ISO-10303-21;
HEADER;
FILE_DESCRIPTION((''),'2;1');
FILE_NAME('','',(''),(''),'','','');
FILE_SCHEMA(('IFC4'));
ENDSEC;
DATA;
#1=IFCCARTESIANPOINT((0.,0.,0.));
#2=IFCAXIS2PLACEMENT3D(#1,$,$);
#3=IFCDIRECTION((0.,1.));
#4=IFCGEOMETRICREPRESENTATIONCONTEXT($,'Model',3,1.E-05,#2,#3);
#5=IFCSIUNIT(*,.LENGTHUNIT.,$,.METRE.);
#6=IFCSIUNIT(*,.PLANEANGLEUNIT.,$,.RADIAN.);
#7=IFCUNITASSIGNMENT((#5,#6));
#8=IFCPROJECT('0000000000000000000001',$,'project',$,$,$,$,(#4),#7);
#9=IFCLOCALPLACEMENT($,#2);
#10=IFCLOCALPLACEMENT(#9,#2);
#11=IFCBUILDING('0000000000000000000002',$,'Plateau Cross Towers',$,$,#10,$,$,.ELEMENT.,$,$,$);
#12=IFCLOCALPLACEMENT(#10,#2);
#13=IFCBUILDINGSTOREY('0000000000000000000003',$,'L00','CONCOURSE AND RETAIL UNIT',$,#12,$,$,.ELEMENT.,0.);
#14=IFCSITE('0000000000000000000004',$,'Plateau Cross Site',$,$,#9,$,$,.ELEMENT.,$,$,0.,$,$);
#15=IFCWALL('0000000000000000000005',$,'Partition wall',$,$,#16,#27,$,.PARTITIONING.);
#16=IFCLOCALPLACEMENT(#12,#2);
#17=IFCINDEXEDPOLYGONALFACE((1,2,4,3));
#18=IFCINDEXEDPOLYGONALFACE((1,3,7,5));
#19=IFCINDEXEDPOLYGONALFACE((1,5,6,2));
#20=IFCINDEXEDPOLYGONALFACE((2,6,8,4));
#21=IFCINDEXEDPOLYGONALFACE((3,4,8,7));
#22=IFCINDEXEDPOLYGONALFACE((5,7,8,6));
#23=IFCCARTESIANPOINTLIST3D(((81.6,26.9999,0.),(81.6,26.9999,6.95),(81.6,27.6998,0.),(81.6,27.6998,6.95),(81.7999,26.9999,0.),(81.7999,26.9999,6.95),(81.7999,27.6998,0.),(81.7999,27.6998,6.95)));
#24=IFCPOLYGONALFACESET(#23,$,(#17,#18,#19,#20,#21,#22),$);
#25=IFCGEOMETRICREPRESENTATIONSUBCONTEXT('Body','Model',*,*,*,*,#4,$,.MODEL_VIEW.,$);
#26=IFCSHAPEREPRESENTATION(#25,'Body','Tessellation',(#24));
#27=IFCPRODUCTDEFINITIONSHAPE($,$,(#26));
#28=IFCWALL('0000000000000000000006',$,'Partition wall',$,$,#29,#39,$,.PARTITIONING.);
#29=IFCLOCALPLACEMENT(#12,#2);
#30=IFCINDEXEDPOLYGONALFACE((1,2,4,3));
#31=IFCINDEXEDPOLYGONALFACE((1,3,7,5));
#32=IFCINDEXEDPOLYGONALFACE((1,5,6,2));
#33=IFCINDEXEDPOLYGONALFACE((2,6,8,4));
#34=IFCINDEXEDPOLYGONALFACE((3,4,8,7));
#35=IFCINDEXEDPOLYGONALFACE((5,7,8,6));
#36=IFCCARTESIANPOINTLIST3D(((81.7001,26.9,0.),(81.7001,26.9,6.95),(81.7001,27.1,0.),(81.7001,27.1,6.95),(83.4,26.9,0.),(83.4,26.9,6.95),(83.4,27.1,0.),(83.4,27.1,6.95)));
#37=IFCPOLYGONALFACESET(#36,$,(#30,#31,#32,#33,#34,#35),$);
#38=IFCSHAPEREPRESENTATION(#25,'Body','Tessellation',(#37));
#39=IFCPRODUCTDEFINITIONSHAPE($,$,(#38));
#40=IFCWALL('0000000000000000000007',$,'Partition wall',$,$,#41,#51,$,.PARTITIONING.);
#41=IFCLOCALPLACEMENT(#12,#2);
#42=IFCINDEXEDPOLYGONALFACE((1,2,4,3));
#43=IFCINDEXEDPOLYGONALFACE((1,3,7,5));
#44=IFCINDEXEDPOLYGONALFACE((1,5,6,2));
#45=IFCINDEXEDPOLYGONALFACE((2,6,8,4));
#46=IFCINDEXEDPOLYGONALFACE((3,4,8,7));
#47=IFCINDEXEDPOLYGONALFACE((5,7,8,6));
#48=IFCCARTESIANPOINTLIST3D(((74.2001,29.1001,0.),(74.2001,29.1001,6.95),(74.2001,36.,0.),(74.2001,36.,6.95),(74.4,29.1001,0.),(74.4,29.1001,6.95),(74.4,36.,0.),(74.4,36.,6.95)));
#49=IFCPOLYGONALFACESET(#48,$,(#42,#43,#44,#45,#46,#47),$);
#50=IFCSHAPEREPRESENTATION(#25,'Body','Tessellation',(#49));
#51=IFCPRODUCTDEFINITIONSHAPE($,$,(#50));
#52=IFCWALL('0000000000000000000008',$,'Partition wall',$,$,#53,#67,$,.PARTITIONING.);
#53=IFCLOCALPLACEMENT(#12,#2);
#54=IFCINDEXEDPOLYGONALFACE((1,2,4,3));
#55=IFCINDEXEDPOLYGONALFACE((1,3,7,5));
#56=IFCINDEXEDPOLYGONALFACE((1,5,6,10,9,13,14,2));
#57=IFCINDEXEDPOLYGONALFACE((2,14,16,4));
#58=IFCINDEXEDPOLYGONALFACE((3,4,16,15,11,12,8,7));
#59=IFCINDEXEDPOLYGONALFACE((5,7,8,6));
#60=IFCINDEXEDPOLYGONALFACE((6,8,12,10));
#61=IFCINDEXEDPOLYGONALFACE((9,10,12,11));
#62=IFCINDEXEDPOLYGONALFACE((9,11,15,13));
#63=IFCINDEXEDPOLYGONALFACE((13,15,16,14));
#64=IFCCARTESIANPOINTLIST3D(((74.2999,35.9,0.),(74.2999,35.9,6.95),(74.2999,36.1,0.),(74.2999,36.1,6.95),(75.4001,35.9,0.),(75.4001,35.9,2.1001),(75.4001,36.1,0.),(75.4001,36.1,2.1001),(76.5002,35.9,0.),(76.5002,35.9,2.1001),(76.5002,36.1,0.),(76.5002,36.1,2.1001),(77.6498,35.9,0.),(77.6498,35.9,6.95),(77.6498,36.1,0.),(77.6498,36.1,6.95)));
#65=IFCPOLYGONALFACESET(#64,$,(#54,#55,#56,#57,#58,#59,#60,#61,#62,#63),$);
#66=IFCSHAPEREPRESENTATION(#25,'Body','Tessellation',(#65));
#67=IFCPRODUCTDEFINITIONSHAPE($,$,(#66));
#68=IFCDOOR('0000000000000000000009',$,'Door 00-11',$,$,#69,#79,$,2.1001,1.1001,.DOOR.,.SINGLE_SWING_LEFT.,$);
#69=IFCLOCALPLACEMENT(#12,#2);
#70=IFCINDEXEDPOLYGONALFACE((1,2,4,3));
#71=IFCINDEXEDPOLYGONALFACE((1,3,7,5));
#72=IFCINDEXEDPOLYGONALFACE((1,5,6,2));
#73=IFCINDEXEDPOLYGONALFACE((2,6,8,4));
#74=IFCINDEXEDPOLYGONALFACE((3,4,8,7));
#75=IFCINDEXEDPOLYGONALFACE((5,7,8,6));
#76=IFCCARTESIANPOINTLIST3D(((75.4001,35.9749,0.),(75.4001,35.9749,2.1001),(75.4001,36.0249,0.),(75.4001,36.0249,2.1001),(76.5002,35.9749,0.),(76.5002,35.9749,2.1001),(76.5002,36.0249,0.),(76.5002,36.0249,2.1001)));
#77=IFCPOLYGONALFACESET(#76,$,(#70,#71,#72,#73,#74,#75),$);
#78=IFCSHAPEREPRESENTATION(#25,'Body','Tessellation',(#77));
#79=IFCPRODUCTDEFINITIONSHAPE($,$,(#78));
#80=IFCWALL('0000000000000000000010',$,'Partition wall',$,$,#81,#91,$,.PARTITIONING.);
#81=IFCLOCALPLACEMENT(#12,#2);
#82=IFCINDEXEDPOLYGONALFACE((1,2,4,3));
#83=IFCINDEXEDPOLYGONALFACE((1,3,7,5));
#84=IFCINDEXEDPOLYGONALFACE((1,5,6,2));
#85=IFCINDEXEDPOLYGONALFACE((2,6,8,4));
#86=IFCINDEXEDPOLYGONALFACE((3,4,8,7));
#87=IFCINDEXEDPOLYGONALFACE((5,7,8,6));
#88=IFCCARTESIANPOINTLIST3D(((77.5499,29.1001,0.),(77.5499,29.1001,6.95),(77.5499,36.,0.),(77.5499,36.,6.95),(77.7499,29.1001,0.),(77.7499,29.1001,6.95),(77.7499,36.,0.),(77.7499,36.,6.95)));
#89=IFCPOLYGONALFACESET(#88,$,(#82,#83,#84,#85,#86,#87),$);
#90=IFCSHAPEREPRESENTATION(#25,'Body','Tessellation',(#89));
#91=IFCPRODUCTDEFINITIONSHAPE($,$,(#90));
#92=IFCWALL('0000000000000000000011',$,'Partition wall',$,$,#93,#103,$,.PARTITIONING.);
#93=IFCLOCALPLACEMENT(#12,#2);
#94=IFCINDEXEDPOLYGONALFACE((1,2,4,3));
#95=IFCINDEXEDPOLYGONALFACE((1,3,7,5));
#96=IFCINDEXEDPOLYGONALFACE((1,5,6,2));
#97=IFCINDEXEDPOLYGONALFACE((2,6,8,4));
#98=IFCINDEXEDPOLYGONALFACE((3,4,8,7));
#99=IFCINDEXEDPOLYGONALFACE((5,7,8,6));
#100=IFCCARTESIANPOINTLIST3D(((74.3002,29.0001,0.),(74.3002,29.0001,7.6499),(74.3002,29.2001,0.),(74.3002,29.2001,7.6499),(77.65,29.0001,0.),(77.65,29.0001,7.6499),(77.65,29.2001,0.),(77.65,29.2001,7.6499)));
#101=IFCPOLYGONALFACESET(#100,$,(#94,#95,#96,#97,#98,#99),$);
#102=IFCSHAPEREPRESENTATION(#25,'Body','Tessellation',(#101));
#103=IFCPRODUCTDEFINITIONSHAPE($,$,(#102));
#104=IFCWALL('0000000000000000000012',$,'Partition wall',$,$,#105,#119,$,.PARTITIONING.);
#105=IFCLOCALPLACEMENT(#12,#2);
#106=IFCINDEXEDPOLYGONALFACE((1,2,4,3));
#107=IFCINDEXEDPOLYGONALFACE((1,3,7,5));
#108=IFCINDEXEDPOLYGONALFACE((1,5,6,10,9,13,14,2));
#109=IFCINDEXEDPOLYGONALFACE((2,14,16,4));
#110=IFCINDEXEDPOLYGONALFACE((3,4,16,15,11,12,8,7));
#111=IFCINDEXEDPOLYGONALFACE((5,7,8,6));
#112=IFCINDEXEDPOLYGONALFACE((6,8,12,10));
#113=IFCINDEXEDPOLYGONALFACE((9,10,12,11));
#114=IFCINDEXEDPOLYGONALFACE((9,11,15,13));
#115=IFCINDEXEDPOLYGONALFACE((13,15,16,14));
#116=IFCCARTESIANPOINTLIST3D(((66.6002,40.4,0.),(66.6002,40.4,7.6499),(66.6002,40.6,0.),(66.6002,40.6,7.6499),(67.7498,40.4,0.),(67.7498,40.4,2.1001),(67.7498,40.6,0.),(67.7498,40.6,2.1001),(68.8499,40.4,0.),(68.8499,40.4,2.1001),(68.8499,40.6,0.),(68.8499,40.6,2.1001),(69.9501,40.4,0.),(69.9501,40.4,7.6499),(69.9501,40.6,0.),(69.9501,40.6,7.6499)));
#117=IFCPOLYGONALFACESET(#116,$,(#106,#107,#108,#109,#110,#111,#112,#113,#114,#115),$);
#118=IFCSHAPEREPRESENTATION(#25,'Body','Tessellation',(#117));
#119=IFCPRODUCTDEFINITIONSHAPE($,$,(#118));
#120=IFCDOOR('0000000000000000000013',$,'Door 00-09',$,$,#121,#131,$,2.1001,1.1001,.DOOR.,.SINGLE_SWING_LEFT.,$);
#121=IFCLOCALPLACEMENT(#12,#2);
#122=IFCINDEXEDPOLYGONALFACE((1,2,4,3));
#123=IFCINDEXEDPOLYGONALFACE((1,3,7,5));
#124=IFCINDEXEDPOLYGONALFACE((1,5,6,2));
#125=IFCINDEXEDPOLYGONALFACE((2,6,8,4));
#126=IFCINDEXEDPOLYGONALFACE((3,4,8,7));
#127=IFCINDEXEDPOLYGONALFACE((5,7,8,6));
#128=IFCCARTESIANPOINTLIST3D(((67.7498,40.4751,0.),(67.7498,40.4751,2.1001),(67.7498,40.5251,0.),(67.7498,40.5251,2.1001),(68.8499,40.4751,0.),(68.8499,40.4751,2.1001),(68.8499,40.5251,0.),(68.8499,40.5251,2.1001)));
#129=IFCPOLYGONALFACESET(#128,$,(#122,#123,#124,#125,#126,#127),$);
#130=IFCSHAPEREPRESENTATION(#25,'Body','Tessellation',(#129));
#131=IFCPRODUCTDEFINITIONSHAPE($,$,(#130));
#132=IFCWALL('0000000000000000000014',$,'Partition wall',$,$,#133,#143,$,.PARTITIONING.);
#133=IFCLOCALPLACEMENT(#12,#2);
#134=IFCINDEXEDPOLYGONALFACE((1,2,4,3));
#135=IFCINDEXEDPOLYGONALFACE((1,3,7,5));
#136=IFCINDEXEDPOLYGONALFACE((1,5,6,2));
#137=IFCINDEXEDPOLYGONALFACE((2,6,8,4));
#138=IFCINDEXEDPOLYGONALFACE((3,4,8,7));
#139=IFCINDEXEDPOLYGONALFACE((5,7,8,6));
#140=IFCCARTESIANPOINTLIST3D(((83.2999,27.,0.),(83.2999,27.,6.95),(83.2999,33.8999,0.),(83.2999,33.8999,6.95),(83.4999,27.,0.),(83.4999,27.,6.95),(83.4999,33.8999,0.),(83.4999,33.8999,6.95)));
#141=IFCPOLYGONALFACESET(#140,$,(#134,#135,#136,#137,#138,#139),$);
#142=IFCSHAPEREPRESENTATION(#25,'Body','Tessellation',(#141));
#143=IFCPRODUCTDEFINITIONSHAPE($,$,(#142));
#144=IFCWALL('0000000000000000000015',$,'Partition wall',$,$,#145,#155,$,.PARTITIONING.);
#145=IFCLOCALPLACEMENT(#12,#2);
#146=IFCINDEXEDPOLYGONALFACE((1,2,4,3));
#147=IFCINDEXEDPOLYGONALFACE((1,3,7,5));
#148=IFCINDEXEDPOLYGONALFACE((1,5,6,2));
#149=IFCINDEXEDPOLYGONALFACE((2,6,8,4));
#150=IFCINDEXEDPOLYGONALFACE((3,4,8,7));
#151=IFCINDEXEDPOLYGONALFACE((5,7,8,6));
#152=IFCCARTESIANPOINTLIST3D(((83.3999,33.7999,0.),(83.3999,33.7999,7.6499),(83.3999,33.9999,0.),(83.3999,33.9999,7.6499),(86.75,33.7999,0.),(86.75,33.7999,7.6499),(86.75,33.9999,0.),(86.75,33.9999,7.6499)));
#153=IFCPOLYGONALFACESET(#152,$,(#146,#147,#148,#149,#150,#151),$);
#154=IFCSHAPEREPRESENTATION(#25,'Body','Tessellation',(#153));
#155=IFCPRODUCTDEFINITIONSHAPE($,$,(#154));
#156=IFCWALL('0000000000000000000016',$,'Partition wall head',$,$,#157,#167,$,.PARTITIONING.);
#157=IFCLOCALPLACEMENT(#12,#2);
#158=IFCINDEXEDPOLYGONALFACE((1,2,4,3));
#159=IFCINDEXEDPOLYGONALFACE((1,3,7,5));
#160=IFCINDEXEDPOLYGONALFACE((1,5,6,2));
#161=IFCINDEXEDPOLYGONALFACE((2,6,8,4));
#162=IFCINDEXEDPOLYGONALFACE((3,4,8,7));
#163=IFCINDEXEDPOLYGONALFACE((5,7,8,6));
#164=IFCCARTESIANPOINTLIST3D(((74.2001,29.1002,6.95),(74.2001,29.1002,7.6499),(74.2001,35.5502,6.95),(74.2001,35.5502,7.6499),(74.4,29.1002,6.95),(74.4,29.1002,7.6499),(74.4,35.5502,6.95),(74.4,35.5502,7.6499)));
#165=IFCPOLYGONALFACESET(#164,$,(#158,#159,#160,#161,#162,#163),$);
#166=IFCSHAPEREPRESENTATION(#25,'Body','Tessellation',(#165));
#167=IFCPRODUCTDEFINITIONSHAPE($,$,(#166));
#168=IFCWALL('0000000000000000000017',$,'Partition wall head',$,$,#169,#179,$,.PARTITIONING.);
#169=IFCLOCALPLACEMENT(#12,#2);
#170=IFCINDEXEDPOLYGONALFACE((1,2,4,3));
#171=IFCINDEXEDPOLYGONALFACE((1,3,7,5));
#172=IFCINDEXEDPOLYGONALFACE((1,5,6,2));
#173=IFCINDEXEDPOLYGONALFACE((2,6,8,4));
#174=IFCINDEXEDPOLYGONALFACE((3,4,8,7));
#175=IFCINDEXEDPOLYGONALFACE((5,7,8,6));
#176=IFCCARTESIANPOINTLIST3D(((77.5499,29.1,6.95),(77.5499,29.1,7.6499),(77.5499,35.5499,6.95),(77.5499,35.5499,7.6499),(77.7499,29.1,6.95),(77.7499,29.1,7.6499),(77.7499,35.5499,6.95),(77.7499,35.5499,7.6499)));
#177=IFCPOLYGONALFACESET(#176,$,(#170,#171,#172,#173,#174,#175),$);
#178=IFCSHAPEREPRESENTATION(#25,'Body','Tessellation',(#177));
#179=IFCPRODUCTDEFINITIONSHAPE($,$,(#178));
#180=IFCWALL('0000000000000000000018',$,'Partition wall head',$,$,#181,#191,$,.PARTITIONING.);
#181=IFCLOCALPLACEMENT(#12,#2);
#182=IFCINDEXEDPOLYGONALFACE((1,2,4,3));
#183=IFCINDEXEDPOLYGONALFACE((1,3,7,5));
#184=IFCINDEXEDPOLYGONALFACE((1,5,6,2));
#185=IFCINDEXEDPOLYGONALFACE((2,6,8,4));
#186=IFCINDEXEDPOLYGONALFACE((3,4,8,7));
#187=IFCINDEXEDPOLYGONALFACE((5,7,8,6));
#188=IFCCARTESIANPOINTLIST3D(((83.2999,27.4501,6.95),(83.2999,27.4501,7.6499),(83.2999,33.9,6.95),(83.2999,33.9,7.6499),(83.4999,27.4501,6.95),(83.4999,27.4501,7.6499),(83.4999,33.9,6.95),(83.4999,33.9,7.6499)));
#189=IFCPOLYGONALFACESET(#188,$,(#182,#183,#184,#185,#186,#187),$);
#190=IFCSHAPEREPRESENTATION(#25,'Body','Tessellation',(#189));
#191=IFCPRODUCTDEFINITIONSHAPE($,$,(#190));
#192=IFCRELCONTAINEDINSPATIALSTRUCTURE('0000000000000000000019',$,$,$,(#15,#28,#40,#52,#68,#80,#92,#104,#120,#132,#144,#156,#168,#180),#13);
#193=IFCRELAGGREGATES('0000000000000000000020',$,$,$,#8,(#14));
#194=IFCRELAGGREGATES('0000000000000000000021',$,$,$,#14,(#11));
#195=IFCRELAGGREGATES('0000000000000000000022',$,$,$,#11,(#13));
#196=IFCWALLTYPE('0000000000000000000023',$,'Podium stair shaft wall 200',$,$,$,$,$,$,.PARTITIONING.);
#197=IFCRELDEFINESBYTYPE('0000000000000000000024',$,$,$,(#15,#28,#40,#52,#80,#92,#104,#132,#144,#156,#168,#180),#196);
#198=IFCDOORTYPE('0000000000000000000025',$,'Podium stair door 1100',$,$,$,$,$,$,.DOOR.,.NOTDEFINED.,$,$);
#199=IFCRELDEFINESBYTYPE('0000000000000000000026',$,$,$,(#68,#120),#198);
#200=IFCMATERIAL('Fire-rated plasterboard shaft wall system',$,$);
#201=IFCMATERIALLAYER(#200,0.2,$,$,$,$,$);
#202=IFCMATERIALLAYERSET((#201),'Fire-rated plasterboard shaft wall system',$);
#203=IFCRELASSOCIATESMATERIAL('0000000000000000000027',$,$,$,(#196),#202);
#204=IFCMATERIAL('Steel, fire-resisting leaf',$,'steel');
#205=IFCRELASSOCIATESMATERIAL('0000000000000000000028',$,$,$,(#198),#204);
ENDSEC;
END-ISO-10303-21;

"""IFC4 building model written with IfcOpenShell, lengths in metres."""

from ifc_helpers import new_model, si_unit, direction, frame, frame_2d, origin, place, context, subcontext, project, spatial, rectangle, extrude, material, layer, layer_set, type_object, element, fill, save


model = new_model("IFC4")

# Units and contexts
model_context = context("Model", 3, precision=1e-05, world=origin(), true_north=direction((0.0, 1.0)))
body_context = subcontext(model_context, "Body", "Model", "MODEL_VIEW")
ifc_project = project(units=[si_unit("LENGTHUNIT", "METRE"), si_unit("PLANEANGLEUNIT", "RADIAN")], contexts=[model_context])

# Site, building, storey
site_placement = place(None, origin())
site = spatial("IfcSite", under=ifc_project, at=site_placement, Name="Plateau Cross Site", CompositionType="ELEMENT", RefElevation=0.0)
building_placement = place(site_placement, origin())
building = spatial("IfcBuilding", under=site, at=building_placement, Name="Plateau Cross Towers", CompositionType="ELEMENT")
storey_placement = place(building_placement, origin())
storey = spatial("IfcBuildingStorey", under=building, at=storey_placement, Name="L00", Description="CONCOURSE AND RETAIL UNIT", CompositionType="ELEMENT", Elevation=0.0)

# Walls
ifc_material_1 = material(Name="Fire-rated plasterboard shaft wall system")
ifc_layer_1 = layer(ifc_material_1, 0.2)
ifc_layer_set_1 = layer_set([ifc_layer_1], Name="Fire-rated plasterboard shaft wall system")
wall_type_1 = type_object("IfcWallType", Name="Podium stair shaft wall 200", PredefinedType="PARTITIONING", material=ifc_layer_set_1)
wall_1_placement = place(storey_placement, frame((81.7, 27.7, 0.0), z_axis=(0.0, 0.0, 1.0), x_axis=(0.0, -1.0, 0.0)))
element("IfcWall", 1, at=wall_1_placement, inside=storey, type_object=wall_type_1, Name="Partition wall", PredefinedType="PARTITIONING", context=body_context, shape_type="SweptSolid", body=[
    extrude(rectangle(XDim=0.7, YDim=0.2, at=frame_2d((0.3501, 0.0))), origin(), (0.0, 0.0, 1.0), 6.95),
])
wall_2_placement = place(storey_placement, frame((81.7, 27.0, 0.0), z_axis=(0.0, 0.0, 1.0), x_axis=(1.0, 0.0, 0.0)))
element("IfcWall", 2, at=wall_2_placement, inside=storey, type_object=wall_type_1, Name="Partition wall", PredefinedType="PARTITIONING", context=body_context, shape_type="SweptSolid", body=[
    extrude(rectangle(XDim=1.7, YDim=0.2, at=frame_2d((0.8501, 0.0))), origin(), (0.0, 0.0, 1.0), 6.95),
])
wall_3_placement = place(storey_placement, frame((74.3, 29.1001, 0.0), z_axis=(0.0, 0.0, 1.0), x_axis=(0.0, 1.0, 0.0)))
element("IfcWall", 3, at=wall_3_placement, inside=storey, type_object=wall_type_1, Name="Partition wall", PredefinedType="PARTITIONING", context=body_context, shape_type="SweptSolid", body=[
    extrude(rectangle(XDim=6.8999, YDim=0.2, at=frame_2d((3.45, 0.0))), origin(), (0.0, 0.0, 1.0), 6.95),
])

# Wall, opening, door
wall_4_placement = place(storey_placement, frame((74.3, 36.0, 0.0), z_axis=(0.0, 0.0, 1.0), x_axis=(1.0, 0.0, 0.0)))
wall_4 = element("IfcWall", 4, at=wall_4_placement, inside=storey, type_object=wall_type_1, Name="Partition wall", PredefinedType="PARTITIONING", context=body_context, shape_type="SweptSolid", body=[
    extrude(rectangle(XDim=3.3499, YDim=0.2, at=frame_2d((1.6748, 0.0))), origin(), (0.0, 0.0, 1.0), 6.95),
])
opening_1_placement = place(wall_4_placement, frame((1.1001, 0.0, 0.0)))
opening_1 = element("IfcOpeningElement", 5, at=opening_1_placement, cuts=wall_4, PredefinedType="OPENING", context=body_context, shape_type="SweptSolid", body=[
    extrude(rectangle(XDim=1.1001, YDim=2.1001, at=frame_2d((0.55, 1.05))), frame((0.0, 0.1099, 0.0), z_axis=(0.0, -1.0, 0.0), x_axis=(1.0, 0.0, 0.0)), (0.0, 0.0, 1.0), 0.22),
])
ifc_material_2 = material(Name="Steel, fire-resisting leaf", Category="steel")
door_type = type_object("IfcDoorType", Name="Podium stair door 1100", OperationType="NOTDEFINED", PredefinedType="DOOR", material=ifc_material_2)
door_1_placement = place(opening_1_placement, origin())
door_1 = element("IfcDoor", 6, at=door_1_placement, inside=storey, type_object=door_type, Name="Door 00-11", OperationType="SINGLE_SWING_LEFT", OverallHeight=2.1001, OverallWidth=1.1001, PredefinedType="DOOR", context=body_context, shape_type="SweptSolid", body=[
    extrude(rectangle(XDim=1.1001, YDim=2.1001, at=frame_2d((0.55, 1.05))), frame((0.0, 0.0249, 0.0), z_axis=(0.0, -1.0, 0.0), x_axis=(1.0, 0.0, 0.0)), (0.0, 0.0, 1.0), 0.05),
])
fill(opening_1, door_1)

# Walls
wall_5_placement = place(storey_placement, frame((77.6499, 36.0, 0.0), z_axis=(0.0, 0.0, 1.0), x_axis=(0.0, -1.0, 0.0)))
element("IfcWall", 7, at=wall_5_placement, inside=storey, type_object=wall_type_1, Name="Partition wall", PredefinedType="PARTITIONING", context=body_context, shape_type="SweptSolid", body=[
    extrude(rectangle(XDim=6.8999, YDim=0.2, at=frame_2d((3.45, 0.0))), origin(), (0.0, 0.0, 1.0), 6.95),
])
wall_6_placement = place(storey_placement, frame((77.6499, 29.1001, 0.0), z_axis=(0.0, 0.0, 1.0), x_axis=(-1.0, 0.0, 0.0)))
element("IfcWall", 8, at=wall_6_placement, inside=storey, type_object=wall_type_1, Name="Partition wall", PredefinedType="PARTITIONING", context=body_context, shape_type="SweptSolid", body=[
    extrude(rectangle(XDim=3.3499, YDim=0.2, at=frame_2d((1.6748, 0.0))), origin(), (0.0, 0.0, 1.0), 7.6499),
])

# Wall, opening, door
wall_7_placement = place(storey_placement, frame((69.95, 40.5, 0.0), z_axis=(0.0, 0.0, 1.0), x_axis=(-1.0, 0.0, 0.0)))
wall_7 = element("IfcWall", 9, at=wall_7_placement, inside=storey, type_object=wall_type_1, Name="Partition wall", PredefinedType="PARTITIONING", context=body_context, shape_type="SweptSolid", body=[
    extrude(rectangle(XDim=3.3499, YDim=0.2, at=frame_2d((1.6748, 0.0))), origin(), (0.0, 0.0, 1.0), 7.6499),
])
opening_2_placement = place(wall_7_placement, frame((1.1001, 0.0, 0.0)))
opening_2 = element("IfcOpeningElement", 10, at=opening_2_placement, cuts=wall_7, PredefinedType="OPENING", context=body_context, shape_type="SweptSolid", body=[
    extrude(rectangle(XDim=1.1001, YDim=2.1001, at=frame_2d((0.55, 1.05))), frame((0.0, 0.1099, 0.0), z_axis=(0.0, -1.0, 0.0), x_axis=(1.0, 0.0, 0.0)), (0.0, 0.0, 1.0), 0.22),
])
door_2_placement = place(opening_2_placement, origin())
door_2 = element("IfcDoor", 11, at=door_2_placement, inside=storey, type_object=door_type, Name="Door 00-09", OperationType="SINGLE_SWING_LEFT", OverallHeight=2.1001, OverallWidth=1.1001, PredefinedType="DOOR", context=body_context, shape_type="SweptSolid", body=[
    extrude(rectangle(XDim=1.1001, YDim=2.1001, at=frame_2d((0.55, 1.05))), frame((0.0, 0.0249, 0.0), z_axis=(0.0, -1.0, 0.0), x_axis=(1.0, 0.0, 0.0)), (0.0, 0.0, 1.0), 0.05),
])
fill(opening_2, door_2)

# Walls
wall_8_placement = place(storey_placement, frame((83.3999, 27.0, 0.0), z_axis=(0.0, 0.0, 1.0), x_axis=(0.0, 1.0, 0.0)))
element("IfcWall", 12, at=wall_8_placement, inside=storey, type_object=wall_type_1, Name="Partition wall", PredefinedType="PARTITIONING", context=body_context, shape_type="SweptSolid", body=[
    extrude(rectangle(XDim=6.8999, YDim=0.2, at=frame_2d((3.45, 0.0))), origin(), (0.0, 0.0, 1.0), 6.95),
])
wall_9_placement = place(storey_placement, frame((83.3999, 33.8999, 0.0), z_axis=(0.0, 0.0, 1.0), x_axis=(1.0, 0.0, 0.0)))
element("IfcWall", 13, at=wall_9_placement, inside=storey, type_object=wall_type_1, Name="Partition wall", PredefinedType="PARTITIONING", context=body_context, shape_type="SweptSolid", body=[
    extrude(rectangle(XDim=3.3501, YDim=0.2, at=frame_2d((1.675, 0.0))), origin(), (0.0, 0.0, 1.0), 7.6499),
])
for number, where, z_axis, x_axis, name in (
    (14, (74.3, 29.1001, 6.95), (0.0, 0.0, 1.0), (0.0, 1.0, 0.0), "Partition wall head"),
    (15, (77.6499, 35.55, 6.95), (0.0, 0.0, 1.0), (0.0, -1.0, 0.0), "Partition wall head"),
    (16, (83.3999, 27.45, 6.95), (0.0, 0.0, 1.0), (0.0, 1.0, 0.0), "Partition wall head"),
):
    element("IfcWall", number, at=place(storey_placement, frame(where, z_axis=z_axis, x_axis=x_axis)), inside=storey, type_object=wall_type_1, Name=name, PredefinedType="PARTITIONING", context=body_context, shape_type="SweptSolid", body=[
        extrude(rectangle(XDim=6.45, YDim=0.2, at=frame_2d((3.2251, 0.0))), origin(), (0.0, 0.0, 1.0), 0.7),
    ])

save(model, "model.ifc")
